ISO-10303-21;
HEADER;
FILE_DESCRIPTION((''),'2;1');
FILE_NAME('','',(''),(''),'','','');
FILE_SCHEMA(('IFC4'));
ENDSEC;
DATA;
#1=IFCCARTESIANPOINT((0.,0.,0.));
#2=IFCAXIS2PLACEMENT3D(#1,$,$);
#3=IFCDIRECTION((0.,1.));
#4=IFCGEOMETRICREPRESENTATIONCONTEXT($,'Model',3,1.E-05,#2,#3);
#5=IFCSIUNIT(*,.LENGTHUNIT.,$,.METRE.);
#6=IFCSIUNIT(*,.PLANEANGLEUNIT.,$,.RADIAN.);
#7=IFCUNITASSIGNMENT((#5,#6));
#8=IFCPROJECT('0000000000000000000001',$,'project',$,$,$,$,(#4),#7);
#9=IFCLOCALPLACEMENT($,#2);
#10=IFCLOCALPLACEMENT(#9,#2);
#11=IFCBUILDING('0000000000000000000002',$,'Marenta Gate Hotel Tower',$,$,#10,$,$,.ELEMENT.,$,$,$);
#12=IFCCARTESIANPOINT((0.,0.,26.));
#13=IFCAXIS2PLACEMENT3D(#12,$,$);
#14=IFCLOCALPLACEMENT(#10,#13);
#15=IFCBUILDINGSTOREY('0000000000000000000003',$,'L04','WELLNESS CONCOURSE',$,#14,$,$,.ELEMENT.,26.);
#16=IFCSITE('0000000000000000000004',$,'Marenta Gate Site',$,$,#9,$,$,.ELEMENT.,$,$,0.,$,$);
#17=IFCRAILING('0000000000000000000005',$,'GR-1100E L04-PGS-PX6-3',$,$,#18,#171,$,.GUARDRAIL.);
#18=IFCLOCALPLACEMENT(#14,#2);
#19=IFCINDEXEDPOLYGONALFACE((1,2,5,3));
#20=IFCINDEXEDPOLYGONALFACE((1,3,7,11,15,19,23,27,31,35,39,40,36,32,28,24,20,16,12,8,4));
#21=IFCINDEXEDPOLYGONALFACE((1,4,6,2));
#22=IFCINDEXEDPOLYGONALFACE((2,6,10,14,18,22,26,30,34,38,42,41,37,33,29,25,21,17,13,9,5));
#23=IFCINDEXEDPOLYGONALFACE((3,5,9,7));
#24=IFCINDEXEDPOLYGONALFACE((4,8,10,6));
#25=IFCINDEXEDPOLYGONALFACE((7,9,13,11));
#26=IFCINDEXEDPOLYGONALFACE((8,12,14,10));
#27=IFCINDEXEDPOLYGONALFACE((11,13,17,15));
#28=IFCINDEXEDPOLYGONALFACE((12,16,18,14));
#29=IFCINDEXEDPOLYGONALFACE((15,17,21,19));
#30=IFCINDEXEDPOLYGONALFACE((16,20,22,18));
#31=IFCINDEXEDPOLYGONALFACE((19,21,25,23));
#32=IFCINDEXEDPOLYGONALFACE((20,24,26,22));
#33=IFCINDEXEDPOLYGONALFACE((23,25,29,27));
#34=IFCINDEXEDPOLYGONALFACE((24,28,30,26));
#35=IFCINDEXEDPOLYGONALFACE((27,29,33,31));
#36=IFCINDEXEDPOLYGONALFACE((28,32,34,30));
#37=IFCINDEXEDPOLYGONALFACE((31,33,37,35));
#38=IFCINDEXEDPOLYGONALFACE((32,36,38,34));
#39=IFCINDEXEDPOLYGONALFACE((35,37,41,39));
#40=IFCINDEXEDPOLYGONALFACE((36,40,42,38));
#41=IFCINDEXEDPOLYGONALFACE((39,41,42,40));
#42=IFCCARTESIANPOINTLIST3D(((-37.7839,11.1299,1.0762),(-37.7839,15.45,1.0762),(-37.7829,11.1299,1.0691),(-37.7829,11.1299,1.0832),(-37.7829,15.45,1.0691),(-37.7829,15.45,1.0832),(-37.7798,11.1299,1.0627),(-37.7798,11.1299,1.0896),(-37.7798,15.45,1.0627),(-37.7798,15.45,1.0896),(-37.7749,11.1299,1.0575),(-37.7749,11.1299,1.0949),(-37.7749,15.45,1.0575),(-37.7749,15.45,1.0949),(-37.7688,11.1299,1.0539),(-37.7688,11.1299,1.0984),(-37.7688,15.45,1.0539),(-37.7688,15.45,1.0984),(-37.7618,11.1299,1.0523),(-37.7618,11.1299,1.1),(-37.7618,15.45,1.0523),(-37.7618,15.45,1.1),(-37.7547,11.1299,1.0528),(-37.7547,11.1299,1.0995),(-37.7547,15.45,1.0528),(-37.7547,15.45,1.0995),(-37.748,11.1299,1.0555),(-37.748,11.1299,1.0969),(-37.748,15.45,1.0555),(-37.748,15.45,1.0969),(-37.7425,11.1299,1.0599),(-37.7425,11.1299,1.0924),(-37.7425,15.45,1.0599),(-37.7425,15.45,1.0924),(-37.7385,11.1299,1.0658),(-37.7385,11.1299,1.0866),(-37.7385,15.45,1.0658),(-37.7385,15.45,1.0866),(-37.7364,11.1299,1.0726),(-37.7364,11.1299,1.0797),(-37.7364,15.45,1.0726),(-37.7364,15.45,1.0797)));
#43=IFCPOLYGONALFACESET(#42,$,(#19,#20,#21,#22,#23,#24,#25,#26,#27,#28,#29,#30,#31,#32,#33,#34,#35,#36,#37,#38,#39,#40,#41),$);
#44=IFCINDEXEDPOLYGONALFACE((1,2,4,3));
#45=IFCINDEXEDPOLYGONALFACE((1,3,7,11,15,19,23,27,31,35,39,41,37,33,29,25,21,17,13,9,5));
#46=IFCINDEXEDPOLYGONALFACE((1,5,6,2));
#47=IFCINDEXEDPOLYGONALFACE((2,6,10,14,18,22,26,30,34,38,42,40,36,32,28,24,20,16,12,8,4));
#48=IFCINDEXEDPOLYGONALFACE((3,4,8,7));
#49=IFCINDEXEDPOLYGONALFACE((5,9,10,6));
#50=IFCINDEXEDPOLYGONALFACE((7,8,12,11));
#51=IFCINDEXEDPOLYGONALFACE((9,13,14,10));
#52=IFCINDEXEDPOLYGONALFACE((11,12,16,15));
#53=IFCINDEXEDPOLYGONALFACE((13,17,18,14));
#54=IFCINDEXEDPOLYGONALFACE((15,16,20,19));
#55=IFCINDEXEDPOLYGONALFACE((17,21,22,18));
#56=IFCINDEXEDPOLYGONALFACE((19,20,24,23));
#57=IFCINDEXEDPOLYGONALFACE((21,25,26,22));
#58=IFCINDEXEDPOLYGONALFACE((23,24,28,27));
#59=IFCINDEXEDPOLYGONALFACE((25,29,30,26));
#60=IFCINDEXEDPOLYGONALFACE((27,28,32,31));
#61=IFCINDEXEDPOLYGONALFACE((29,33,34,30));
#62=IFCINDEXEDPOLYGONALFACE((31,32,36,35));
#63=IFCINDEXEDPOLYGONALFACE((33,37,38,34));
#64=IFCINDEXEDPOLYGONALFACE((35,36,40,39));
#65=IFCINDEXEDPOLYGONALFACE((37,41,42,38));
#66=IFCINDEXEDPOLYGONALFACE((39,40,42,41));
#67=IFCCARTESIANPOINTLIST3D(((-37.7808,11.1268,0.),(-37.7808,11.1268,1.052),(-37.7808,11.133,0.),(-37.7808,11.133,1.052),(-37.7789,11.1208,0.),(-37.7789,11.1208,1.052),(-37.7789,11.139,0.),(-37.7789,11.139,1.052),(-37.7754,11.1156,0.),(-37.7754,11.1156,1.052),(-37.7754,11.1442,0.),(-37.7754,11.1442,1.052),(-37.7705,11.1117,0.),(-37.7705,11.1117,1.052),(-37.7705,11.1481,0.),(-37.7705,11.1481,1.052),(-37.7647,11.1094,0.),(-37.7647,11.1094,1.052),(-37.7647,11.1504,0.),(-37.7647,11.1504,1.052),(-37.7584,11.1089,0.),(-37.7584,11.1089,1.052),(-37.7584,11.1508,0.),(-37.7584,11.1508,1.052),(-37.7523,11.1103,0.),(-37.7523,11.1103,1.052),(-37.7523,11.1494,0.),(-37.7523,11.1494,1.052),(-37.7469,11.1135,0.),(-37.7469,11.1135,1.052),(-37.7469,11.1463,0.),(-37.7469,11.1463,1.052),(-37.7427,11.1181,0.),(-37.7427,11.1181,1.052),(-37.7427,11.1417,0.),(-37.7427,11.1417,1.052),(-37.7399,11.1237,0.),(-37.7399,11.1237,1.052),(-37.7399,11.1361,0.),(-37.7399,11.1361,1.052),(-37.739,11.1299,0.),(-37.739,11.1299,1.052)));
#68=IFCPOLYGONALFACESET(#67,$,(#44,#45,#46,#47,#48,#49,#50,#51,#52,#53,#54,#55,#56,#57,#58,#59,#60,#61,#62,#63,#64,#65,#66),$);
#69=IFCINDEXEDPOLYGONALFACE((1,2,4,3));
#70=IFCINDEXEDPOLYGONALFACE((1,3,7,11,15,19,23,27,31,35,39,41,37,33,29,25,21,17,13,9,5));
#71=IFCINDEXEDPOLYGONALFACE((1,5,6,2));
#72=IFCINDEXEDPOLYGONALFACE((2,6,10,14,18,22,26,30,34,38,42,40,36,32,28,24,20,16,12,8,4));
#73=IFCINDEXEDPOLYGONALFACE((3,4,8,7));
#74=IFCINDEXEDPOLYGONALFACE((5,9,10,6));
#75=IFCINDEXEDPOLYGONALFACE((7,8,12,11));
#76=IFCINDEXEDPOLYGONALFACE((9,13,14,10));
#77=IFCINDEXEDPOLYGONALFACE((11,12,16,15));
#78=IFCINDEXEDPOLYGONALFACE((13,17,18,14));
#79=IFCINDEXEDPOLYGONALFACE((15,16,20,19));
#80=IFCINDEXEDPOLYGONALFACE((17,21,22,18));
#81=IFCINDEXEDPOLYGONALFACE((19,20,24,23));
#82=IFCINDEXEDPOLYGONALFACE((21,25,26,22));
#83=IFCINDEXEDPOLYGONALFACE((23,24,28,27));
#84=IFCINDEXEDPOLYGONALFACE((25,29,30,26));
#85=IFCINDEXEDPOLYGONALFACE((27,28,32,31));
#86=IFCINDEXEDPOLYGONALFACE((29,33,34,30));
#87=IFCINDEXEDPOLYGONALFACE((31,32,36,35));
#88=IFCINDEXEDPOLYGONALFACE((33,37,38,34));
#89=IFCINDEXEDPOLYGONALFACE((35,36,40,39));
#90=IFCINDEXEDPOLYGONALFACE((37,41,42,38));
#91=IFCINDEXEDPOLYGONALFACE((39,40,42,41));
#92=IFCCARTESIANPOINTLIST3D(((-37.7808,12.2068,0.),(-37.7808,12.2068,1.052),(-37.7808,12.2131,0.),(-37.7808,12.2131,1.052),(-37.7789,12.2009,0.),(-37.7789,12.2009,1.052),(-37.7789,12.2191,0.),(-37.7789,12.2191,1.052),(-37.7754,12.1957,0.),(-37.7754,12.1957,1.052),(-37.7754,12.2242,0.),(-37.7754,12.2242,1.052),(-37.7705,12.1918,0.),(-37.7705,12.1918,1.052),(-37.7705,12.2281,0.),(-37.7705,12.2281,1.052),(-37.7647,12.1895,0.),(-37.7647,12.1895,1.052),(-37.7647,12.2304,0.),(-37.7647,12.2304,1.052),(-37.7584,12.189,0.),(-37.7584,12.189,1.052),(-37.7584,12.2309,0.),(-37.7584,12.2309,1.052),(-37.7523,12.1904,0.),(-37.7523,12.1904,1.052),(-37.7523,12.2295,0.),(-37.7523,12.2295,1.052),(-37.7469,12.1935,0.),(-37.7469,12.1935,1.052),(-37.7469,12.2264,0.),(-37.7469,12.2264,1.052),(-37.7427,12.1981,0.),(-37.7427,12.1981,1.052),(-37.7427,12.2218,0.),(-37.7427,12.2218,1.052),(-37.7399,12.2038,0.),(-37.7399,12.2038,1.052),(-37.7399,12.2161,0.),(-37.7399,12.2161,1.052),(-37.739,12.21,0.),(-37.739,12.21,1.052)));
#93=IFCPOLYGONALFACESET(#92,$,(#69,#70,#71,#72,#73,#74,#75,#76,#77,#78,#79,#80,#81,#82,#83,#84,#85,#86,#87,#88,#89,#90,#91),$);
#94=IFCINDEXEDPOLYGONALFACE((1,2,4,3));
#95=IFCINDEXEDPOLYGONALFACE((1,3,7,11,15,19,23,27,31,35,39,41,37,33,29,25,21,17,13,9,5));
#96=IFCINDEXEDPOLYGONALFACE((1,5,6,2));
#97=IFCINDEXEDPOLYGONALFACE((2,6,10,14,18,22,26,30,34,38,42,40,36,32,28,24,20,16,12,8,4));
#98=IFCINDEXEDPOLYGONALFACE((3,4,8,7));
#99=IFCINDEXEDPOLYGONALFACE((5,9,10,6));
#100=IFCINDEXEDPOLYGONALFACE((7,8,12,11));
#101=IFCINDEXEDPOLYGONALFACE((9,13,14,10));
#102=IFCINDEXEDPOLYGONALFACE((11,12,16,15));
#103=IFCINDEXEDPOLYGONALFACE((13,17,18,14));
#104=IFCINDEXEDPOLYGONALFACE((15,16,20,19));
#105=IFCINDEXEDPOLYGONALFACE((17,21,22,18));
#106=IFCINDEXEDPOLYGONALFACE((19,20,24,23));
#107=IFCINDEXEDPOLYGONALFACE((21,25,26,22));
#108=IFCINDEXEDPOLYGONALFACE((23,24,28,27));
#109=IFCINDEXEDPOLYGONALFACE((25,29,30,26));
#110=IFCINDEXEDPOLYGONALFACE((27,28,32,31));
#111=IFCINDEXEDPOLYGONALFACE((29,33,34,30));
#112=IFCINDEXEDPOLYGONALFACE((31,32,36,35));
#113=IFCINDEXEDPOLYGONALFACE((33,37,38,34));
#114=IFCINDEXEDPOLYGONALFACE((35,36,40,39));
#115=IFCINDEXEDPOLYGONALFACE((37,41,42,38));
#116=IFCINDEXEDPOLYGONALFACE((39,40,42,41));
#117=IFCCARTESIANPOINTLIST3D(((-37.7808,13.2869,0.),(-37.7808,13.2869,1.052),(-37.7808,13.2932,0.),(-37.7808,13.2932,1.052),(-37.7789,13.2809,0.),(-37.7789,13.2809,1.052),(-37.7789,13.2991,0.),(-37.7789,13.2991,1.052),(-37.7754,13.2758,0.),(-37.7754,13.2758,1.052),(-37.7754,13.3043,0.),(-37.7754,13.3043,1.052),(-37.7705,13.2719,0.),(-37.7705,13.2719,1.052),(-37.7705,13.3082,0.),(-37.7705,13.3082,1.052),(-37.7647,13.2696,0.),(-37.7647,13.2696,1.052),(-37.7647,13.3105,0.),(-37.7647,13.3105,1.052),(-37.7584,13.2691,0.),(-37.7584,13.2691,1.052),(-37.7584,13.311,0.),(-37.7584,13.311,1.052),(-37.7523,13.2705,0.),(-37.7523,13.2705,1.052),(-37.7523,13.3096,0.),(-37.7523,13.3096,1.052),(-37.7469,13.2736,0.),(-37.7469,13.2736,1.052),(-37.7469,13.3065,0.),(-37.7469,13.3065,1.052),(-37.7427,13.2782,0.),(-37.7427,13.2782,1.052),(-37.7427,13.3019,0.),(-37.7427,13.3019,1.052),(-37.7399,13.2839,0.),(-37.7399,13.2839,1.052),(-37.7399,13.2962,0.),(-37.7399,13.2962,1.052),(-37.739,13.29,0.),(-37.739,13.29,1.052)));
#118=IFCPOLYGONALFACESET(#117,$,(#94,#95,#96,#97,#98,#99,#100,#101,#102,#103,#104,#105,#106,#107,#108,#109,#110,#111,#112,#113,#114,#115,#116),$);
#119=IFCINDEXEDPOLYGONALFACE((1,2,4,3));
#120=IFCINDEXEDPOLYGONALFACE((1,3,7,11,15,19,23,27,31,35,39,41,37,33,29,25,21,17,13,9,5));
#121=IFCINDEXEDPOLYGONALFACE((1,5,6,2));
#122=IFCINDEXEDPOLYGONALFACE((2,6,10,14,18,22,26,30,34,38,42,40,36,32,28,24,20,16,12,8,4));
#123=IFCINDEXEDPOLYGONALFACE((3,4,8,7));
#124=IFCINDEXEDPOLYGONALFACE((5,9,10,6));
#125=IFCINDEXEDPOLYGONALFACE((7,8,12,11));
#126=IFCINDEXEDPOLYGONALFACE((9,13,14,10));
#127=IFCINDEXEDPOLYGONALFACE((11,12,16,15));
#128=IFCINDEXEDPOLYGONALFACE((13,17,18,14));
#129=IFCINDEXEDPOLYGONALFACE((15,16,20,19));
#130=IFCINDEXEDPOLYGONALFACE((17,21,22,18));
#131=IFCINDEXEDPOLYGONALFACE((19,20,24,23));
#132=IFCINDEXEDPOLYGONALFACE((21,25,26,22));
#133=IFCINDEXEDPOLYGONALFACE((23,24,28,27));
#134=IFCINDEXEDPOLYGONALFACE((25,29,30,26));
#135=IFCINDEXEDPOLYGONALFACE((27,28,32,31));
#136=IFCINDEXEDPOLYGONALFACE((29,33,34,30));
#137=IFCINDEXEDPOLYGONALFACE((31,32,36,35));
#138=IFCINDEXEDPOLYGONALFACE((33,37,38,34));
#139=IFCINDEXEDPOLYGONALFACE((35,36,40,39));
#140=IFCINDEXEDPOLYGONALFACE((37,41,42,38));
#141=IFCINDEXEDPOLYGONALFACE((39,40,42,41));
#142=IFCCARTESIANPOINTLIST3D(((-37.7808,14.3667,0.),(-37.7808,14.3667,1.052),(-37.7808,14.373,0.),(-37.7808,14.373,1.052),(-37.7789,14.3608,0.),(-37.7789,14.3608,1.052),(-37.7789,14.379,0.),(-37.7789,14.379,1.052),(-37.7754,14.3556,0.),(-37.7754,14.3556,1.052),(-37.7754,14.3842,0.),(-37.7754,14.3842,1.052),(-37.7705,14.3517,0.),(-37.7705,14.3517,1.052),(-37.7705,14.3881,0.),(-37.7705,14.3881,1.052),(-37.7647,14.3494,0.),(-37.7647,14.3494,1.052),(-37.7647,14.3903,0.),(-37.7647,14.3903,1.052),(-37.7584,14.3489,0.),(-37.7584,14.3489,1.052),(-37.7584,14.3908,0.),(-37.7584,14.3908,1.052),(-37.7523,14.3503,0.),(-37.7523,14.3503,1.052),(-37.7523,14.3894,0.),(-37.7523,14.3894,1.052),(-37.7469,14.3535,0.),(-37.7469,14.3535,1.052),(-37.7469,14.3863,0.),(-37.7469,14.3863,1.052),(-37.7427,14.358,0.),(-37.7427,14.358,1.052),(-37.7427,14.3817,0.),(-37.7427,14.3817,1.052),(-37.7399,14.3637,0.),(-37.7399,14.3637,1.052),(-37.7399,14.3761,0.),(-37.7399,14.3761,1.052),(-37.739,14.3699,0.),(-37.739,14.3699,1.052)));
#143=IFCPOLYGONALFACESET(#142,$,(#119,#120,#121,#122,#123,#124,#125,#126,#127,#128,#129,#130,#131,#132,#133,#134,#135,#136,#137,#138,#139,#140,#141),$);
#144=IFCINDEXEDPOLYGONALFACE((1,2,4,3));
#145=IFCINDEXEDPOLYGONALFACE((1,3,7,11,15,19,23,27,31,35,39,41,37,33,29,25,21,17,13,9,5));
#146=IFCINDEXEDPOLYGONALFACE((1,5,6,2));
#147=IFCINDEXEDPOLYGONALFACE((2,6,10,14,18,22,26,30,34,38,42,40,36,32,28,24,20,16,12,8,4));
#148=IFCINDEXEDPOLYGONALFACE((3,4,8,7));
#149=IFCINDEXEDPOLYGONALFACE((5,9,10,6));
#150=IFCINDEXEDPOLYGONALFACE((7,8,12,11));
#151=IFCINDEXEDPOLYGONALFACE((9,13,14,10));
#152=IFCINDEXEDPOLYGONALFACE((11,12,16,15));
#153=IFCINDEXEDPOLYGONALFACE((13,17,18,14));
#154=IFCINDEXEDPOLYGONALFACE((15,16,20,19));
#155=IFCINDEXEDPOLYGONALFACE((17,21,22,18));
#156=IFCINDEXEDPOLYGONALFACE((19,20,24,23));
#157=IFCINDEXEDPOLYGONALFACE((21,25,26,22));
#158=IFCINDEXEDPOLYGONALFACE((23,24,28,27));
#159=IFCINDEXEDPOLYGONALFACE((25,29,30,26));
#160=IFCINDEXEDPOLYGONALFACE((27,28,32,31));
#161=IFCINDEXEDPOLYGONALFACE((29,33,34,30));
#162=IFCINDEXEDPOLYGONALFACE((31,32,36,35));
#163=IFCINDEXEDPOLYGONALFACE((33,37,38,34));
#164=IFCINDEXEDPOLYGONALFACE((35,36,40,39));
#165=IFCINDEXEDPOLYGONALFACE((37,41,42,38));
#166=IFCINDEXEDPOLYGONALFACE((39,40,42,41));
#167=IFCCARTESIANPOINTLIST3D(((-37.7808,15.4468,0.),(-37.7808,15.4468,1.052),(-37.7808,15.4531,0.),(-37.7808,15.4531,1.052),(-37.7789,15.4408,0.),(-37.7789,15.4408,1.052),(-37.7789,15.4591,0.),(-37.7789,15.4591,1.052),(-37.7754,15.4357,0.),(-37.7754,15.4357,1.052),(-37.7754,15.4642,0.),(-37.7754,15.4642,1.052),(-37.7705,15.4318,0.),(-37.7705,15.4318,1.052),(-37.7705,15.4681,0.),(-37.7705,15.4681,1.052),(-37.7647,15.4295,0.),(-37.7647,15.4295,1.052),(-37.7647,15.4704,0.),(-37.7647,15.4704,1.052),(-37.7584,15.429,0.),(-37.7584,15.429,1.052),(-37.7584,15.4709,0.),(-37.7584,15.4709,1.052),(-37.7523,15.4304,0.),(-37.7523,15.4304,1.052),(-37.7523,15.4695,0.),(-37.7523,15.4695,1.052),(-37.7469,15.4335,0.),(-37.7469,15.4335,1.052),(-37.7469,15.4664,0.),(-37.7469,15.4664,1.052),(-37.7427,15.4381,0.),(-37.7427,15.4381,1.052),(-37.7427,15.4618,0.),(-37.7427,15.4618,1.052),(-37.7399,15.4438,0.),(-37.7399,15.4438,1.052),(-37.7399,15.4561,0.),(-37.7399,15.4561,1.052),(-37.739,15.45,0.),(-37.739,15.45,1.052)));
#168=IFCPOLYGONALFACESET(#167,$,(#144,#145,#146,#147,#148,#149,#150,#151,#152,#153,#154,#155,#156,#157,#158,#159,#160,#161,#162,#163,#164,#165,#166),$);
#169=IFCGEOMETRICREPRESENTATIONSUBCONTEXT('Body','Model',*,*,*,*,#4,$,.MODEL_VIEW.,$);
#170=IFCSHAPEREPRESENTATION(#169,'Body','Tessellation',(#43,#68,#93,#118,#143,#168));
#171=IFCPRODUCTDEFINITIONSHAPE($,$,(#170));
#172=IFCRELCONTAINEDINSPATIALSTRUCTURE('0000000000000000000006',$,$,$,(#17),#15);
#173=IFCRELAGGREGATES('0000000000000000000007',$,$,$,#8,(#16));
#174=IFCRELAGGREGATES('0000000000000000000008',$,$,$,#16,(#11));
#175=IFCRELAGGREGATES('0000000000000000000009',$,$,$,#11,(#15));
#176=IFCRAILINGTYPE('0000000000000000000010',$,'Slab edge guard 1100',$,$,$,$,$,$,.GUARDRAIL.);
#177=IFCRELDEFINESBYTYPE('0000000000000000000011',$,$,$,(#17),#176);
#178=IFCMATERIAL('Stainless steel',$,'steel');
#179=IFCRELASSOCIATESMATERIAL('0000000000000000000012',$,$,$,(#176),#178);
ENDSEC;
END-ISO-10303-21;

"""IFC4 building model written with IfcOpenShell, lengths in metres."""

from ifc_helpers import new_model, si_unit, direction, frame, origin, origin_2d, place, context, subcontext, project, spatial, circle, extrude, material, type_object, element, save


model = new_model("IFC4")

# Units and contexts
model_context = context("Model", 3, precision=1e-05, world=origin(), true_north=direction((0.0, 1.0)))
body_context = subcontext(model_context, "Body", "Model", "MODEL_VIEW")
ifc_project = project(units=[si_unit("LENGTHUNIT", "METRE"), si_unit("PLANEANGLEUNIT", "RADIAN")], contexts=[model_context])

# Site, building, storey
site_placement = place(None, origin())
site = spatial("IfcSite", under=ifc_project, at=site_placement, Name="Marenta Gate Site", CompositionType="ELEMENT", RefElevation=0.0)
building_placement = place(site_placement, origin())
building = spatial("IfcBuilding", under=site, at=building_placement, Name="Marenta Gate Hotel Tower", CompositionType="ELEMENT")
storey_placement = place(building_placement, frame((0.0, 0.0, 26.0)))
storey = spatial("IfcBuildingStorey", under=building, at=storey_placement, Name="L04", Description="WELLNESS CONCOURSE", CompositionType="ELEMENT", Elevation=26.0)

# Railing
ifc_material_1 = material(Name="Stainless steel", Category="steel")
railing_type_1 = type_object("IfcRailingType", Name="Slab edge guard 1100", PredefinedType="GUARDRAIL", material=ifc_material_1)
railing_1_placement = place(storey_placement, frame((-37.76, 11.1299, 0.0)))
element("IfcRailing", 1, at=railing_1_placement, inside=storey, type_object=railing_type_1, Name="GR-1100E L04-PGS-PX6-3", PredefinedType="GUARDRAIL", context=body_context, shape_type="SweptSolid", body=[
    extrude(circle(Radius=0.0239, at=origin_2d()), frame((0.0, 0.0, 1.0762), z_axis=(0.0, 1.0, 0.0), x_axis=(-1.0, 0.0, 0.0)), (0.0, 0.0, 1.0), 4.3201),
    extrude(circle(Radius=0.021, at=origin_2d()), origin(), (0.0, 0.0, 1.0), 1.052),
    extrude(circle(Radius=0.021, at=origin_2d()), frame((0.0, 1.0801, 0.0)), (0.0, 0.0, 1.0), 1.052),
    extrude(circle(Radius=0.021, at=origin_2d()), frame((0.0, 2.1602, 0.0)), (0.0, 0.0, 1.0), 1.052),
    extrude(circle(Radius=0.021, at=origin_2d()), frame((0.0, 3.24, 0.0)), (0.0, 0.0, 1.0), 1.052),
    extrude(circle(Radius=0.021, at=origin_2d()), frame((0.0, 4.3201, 0.0)), (0.0, 0.0, 1.0), 1.052),
])

save(model, "model.ifc")
